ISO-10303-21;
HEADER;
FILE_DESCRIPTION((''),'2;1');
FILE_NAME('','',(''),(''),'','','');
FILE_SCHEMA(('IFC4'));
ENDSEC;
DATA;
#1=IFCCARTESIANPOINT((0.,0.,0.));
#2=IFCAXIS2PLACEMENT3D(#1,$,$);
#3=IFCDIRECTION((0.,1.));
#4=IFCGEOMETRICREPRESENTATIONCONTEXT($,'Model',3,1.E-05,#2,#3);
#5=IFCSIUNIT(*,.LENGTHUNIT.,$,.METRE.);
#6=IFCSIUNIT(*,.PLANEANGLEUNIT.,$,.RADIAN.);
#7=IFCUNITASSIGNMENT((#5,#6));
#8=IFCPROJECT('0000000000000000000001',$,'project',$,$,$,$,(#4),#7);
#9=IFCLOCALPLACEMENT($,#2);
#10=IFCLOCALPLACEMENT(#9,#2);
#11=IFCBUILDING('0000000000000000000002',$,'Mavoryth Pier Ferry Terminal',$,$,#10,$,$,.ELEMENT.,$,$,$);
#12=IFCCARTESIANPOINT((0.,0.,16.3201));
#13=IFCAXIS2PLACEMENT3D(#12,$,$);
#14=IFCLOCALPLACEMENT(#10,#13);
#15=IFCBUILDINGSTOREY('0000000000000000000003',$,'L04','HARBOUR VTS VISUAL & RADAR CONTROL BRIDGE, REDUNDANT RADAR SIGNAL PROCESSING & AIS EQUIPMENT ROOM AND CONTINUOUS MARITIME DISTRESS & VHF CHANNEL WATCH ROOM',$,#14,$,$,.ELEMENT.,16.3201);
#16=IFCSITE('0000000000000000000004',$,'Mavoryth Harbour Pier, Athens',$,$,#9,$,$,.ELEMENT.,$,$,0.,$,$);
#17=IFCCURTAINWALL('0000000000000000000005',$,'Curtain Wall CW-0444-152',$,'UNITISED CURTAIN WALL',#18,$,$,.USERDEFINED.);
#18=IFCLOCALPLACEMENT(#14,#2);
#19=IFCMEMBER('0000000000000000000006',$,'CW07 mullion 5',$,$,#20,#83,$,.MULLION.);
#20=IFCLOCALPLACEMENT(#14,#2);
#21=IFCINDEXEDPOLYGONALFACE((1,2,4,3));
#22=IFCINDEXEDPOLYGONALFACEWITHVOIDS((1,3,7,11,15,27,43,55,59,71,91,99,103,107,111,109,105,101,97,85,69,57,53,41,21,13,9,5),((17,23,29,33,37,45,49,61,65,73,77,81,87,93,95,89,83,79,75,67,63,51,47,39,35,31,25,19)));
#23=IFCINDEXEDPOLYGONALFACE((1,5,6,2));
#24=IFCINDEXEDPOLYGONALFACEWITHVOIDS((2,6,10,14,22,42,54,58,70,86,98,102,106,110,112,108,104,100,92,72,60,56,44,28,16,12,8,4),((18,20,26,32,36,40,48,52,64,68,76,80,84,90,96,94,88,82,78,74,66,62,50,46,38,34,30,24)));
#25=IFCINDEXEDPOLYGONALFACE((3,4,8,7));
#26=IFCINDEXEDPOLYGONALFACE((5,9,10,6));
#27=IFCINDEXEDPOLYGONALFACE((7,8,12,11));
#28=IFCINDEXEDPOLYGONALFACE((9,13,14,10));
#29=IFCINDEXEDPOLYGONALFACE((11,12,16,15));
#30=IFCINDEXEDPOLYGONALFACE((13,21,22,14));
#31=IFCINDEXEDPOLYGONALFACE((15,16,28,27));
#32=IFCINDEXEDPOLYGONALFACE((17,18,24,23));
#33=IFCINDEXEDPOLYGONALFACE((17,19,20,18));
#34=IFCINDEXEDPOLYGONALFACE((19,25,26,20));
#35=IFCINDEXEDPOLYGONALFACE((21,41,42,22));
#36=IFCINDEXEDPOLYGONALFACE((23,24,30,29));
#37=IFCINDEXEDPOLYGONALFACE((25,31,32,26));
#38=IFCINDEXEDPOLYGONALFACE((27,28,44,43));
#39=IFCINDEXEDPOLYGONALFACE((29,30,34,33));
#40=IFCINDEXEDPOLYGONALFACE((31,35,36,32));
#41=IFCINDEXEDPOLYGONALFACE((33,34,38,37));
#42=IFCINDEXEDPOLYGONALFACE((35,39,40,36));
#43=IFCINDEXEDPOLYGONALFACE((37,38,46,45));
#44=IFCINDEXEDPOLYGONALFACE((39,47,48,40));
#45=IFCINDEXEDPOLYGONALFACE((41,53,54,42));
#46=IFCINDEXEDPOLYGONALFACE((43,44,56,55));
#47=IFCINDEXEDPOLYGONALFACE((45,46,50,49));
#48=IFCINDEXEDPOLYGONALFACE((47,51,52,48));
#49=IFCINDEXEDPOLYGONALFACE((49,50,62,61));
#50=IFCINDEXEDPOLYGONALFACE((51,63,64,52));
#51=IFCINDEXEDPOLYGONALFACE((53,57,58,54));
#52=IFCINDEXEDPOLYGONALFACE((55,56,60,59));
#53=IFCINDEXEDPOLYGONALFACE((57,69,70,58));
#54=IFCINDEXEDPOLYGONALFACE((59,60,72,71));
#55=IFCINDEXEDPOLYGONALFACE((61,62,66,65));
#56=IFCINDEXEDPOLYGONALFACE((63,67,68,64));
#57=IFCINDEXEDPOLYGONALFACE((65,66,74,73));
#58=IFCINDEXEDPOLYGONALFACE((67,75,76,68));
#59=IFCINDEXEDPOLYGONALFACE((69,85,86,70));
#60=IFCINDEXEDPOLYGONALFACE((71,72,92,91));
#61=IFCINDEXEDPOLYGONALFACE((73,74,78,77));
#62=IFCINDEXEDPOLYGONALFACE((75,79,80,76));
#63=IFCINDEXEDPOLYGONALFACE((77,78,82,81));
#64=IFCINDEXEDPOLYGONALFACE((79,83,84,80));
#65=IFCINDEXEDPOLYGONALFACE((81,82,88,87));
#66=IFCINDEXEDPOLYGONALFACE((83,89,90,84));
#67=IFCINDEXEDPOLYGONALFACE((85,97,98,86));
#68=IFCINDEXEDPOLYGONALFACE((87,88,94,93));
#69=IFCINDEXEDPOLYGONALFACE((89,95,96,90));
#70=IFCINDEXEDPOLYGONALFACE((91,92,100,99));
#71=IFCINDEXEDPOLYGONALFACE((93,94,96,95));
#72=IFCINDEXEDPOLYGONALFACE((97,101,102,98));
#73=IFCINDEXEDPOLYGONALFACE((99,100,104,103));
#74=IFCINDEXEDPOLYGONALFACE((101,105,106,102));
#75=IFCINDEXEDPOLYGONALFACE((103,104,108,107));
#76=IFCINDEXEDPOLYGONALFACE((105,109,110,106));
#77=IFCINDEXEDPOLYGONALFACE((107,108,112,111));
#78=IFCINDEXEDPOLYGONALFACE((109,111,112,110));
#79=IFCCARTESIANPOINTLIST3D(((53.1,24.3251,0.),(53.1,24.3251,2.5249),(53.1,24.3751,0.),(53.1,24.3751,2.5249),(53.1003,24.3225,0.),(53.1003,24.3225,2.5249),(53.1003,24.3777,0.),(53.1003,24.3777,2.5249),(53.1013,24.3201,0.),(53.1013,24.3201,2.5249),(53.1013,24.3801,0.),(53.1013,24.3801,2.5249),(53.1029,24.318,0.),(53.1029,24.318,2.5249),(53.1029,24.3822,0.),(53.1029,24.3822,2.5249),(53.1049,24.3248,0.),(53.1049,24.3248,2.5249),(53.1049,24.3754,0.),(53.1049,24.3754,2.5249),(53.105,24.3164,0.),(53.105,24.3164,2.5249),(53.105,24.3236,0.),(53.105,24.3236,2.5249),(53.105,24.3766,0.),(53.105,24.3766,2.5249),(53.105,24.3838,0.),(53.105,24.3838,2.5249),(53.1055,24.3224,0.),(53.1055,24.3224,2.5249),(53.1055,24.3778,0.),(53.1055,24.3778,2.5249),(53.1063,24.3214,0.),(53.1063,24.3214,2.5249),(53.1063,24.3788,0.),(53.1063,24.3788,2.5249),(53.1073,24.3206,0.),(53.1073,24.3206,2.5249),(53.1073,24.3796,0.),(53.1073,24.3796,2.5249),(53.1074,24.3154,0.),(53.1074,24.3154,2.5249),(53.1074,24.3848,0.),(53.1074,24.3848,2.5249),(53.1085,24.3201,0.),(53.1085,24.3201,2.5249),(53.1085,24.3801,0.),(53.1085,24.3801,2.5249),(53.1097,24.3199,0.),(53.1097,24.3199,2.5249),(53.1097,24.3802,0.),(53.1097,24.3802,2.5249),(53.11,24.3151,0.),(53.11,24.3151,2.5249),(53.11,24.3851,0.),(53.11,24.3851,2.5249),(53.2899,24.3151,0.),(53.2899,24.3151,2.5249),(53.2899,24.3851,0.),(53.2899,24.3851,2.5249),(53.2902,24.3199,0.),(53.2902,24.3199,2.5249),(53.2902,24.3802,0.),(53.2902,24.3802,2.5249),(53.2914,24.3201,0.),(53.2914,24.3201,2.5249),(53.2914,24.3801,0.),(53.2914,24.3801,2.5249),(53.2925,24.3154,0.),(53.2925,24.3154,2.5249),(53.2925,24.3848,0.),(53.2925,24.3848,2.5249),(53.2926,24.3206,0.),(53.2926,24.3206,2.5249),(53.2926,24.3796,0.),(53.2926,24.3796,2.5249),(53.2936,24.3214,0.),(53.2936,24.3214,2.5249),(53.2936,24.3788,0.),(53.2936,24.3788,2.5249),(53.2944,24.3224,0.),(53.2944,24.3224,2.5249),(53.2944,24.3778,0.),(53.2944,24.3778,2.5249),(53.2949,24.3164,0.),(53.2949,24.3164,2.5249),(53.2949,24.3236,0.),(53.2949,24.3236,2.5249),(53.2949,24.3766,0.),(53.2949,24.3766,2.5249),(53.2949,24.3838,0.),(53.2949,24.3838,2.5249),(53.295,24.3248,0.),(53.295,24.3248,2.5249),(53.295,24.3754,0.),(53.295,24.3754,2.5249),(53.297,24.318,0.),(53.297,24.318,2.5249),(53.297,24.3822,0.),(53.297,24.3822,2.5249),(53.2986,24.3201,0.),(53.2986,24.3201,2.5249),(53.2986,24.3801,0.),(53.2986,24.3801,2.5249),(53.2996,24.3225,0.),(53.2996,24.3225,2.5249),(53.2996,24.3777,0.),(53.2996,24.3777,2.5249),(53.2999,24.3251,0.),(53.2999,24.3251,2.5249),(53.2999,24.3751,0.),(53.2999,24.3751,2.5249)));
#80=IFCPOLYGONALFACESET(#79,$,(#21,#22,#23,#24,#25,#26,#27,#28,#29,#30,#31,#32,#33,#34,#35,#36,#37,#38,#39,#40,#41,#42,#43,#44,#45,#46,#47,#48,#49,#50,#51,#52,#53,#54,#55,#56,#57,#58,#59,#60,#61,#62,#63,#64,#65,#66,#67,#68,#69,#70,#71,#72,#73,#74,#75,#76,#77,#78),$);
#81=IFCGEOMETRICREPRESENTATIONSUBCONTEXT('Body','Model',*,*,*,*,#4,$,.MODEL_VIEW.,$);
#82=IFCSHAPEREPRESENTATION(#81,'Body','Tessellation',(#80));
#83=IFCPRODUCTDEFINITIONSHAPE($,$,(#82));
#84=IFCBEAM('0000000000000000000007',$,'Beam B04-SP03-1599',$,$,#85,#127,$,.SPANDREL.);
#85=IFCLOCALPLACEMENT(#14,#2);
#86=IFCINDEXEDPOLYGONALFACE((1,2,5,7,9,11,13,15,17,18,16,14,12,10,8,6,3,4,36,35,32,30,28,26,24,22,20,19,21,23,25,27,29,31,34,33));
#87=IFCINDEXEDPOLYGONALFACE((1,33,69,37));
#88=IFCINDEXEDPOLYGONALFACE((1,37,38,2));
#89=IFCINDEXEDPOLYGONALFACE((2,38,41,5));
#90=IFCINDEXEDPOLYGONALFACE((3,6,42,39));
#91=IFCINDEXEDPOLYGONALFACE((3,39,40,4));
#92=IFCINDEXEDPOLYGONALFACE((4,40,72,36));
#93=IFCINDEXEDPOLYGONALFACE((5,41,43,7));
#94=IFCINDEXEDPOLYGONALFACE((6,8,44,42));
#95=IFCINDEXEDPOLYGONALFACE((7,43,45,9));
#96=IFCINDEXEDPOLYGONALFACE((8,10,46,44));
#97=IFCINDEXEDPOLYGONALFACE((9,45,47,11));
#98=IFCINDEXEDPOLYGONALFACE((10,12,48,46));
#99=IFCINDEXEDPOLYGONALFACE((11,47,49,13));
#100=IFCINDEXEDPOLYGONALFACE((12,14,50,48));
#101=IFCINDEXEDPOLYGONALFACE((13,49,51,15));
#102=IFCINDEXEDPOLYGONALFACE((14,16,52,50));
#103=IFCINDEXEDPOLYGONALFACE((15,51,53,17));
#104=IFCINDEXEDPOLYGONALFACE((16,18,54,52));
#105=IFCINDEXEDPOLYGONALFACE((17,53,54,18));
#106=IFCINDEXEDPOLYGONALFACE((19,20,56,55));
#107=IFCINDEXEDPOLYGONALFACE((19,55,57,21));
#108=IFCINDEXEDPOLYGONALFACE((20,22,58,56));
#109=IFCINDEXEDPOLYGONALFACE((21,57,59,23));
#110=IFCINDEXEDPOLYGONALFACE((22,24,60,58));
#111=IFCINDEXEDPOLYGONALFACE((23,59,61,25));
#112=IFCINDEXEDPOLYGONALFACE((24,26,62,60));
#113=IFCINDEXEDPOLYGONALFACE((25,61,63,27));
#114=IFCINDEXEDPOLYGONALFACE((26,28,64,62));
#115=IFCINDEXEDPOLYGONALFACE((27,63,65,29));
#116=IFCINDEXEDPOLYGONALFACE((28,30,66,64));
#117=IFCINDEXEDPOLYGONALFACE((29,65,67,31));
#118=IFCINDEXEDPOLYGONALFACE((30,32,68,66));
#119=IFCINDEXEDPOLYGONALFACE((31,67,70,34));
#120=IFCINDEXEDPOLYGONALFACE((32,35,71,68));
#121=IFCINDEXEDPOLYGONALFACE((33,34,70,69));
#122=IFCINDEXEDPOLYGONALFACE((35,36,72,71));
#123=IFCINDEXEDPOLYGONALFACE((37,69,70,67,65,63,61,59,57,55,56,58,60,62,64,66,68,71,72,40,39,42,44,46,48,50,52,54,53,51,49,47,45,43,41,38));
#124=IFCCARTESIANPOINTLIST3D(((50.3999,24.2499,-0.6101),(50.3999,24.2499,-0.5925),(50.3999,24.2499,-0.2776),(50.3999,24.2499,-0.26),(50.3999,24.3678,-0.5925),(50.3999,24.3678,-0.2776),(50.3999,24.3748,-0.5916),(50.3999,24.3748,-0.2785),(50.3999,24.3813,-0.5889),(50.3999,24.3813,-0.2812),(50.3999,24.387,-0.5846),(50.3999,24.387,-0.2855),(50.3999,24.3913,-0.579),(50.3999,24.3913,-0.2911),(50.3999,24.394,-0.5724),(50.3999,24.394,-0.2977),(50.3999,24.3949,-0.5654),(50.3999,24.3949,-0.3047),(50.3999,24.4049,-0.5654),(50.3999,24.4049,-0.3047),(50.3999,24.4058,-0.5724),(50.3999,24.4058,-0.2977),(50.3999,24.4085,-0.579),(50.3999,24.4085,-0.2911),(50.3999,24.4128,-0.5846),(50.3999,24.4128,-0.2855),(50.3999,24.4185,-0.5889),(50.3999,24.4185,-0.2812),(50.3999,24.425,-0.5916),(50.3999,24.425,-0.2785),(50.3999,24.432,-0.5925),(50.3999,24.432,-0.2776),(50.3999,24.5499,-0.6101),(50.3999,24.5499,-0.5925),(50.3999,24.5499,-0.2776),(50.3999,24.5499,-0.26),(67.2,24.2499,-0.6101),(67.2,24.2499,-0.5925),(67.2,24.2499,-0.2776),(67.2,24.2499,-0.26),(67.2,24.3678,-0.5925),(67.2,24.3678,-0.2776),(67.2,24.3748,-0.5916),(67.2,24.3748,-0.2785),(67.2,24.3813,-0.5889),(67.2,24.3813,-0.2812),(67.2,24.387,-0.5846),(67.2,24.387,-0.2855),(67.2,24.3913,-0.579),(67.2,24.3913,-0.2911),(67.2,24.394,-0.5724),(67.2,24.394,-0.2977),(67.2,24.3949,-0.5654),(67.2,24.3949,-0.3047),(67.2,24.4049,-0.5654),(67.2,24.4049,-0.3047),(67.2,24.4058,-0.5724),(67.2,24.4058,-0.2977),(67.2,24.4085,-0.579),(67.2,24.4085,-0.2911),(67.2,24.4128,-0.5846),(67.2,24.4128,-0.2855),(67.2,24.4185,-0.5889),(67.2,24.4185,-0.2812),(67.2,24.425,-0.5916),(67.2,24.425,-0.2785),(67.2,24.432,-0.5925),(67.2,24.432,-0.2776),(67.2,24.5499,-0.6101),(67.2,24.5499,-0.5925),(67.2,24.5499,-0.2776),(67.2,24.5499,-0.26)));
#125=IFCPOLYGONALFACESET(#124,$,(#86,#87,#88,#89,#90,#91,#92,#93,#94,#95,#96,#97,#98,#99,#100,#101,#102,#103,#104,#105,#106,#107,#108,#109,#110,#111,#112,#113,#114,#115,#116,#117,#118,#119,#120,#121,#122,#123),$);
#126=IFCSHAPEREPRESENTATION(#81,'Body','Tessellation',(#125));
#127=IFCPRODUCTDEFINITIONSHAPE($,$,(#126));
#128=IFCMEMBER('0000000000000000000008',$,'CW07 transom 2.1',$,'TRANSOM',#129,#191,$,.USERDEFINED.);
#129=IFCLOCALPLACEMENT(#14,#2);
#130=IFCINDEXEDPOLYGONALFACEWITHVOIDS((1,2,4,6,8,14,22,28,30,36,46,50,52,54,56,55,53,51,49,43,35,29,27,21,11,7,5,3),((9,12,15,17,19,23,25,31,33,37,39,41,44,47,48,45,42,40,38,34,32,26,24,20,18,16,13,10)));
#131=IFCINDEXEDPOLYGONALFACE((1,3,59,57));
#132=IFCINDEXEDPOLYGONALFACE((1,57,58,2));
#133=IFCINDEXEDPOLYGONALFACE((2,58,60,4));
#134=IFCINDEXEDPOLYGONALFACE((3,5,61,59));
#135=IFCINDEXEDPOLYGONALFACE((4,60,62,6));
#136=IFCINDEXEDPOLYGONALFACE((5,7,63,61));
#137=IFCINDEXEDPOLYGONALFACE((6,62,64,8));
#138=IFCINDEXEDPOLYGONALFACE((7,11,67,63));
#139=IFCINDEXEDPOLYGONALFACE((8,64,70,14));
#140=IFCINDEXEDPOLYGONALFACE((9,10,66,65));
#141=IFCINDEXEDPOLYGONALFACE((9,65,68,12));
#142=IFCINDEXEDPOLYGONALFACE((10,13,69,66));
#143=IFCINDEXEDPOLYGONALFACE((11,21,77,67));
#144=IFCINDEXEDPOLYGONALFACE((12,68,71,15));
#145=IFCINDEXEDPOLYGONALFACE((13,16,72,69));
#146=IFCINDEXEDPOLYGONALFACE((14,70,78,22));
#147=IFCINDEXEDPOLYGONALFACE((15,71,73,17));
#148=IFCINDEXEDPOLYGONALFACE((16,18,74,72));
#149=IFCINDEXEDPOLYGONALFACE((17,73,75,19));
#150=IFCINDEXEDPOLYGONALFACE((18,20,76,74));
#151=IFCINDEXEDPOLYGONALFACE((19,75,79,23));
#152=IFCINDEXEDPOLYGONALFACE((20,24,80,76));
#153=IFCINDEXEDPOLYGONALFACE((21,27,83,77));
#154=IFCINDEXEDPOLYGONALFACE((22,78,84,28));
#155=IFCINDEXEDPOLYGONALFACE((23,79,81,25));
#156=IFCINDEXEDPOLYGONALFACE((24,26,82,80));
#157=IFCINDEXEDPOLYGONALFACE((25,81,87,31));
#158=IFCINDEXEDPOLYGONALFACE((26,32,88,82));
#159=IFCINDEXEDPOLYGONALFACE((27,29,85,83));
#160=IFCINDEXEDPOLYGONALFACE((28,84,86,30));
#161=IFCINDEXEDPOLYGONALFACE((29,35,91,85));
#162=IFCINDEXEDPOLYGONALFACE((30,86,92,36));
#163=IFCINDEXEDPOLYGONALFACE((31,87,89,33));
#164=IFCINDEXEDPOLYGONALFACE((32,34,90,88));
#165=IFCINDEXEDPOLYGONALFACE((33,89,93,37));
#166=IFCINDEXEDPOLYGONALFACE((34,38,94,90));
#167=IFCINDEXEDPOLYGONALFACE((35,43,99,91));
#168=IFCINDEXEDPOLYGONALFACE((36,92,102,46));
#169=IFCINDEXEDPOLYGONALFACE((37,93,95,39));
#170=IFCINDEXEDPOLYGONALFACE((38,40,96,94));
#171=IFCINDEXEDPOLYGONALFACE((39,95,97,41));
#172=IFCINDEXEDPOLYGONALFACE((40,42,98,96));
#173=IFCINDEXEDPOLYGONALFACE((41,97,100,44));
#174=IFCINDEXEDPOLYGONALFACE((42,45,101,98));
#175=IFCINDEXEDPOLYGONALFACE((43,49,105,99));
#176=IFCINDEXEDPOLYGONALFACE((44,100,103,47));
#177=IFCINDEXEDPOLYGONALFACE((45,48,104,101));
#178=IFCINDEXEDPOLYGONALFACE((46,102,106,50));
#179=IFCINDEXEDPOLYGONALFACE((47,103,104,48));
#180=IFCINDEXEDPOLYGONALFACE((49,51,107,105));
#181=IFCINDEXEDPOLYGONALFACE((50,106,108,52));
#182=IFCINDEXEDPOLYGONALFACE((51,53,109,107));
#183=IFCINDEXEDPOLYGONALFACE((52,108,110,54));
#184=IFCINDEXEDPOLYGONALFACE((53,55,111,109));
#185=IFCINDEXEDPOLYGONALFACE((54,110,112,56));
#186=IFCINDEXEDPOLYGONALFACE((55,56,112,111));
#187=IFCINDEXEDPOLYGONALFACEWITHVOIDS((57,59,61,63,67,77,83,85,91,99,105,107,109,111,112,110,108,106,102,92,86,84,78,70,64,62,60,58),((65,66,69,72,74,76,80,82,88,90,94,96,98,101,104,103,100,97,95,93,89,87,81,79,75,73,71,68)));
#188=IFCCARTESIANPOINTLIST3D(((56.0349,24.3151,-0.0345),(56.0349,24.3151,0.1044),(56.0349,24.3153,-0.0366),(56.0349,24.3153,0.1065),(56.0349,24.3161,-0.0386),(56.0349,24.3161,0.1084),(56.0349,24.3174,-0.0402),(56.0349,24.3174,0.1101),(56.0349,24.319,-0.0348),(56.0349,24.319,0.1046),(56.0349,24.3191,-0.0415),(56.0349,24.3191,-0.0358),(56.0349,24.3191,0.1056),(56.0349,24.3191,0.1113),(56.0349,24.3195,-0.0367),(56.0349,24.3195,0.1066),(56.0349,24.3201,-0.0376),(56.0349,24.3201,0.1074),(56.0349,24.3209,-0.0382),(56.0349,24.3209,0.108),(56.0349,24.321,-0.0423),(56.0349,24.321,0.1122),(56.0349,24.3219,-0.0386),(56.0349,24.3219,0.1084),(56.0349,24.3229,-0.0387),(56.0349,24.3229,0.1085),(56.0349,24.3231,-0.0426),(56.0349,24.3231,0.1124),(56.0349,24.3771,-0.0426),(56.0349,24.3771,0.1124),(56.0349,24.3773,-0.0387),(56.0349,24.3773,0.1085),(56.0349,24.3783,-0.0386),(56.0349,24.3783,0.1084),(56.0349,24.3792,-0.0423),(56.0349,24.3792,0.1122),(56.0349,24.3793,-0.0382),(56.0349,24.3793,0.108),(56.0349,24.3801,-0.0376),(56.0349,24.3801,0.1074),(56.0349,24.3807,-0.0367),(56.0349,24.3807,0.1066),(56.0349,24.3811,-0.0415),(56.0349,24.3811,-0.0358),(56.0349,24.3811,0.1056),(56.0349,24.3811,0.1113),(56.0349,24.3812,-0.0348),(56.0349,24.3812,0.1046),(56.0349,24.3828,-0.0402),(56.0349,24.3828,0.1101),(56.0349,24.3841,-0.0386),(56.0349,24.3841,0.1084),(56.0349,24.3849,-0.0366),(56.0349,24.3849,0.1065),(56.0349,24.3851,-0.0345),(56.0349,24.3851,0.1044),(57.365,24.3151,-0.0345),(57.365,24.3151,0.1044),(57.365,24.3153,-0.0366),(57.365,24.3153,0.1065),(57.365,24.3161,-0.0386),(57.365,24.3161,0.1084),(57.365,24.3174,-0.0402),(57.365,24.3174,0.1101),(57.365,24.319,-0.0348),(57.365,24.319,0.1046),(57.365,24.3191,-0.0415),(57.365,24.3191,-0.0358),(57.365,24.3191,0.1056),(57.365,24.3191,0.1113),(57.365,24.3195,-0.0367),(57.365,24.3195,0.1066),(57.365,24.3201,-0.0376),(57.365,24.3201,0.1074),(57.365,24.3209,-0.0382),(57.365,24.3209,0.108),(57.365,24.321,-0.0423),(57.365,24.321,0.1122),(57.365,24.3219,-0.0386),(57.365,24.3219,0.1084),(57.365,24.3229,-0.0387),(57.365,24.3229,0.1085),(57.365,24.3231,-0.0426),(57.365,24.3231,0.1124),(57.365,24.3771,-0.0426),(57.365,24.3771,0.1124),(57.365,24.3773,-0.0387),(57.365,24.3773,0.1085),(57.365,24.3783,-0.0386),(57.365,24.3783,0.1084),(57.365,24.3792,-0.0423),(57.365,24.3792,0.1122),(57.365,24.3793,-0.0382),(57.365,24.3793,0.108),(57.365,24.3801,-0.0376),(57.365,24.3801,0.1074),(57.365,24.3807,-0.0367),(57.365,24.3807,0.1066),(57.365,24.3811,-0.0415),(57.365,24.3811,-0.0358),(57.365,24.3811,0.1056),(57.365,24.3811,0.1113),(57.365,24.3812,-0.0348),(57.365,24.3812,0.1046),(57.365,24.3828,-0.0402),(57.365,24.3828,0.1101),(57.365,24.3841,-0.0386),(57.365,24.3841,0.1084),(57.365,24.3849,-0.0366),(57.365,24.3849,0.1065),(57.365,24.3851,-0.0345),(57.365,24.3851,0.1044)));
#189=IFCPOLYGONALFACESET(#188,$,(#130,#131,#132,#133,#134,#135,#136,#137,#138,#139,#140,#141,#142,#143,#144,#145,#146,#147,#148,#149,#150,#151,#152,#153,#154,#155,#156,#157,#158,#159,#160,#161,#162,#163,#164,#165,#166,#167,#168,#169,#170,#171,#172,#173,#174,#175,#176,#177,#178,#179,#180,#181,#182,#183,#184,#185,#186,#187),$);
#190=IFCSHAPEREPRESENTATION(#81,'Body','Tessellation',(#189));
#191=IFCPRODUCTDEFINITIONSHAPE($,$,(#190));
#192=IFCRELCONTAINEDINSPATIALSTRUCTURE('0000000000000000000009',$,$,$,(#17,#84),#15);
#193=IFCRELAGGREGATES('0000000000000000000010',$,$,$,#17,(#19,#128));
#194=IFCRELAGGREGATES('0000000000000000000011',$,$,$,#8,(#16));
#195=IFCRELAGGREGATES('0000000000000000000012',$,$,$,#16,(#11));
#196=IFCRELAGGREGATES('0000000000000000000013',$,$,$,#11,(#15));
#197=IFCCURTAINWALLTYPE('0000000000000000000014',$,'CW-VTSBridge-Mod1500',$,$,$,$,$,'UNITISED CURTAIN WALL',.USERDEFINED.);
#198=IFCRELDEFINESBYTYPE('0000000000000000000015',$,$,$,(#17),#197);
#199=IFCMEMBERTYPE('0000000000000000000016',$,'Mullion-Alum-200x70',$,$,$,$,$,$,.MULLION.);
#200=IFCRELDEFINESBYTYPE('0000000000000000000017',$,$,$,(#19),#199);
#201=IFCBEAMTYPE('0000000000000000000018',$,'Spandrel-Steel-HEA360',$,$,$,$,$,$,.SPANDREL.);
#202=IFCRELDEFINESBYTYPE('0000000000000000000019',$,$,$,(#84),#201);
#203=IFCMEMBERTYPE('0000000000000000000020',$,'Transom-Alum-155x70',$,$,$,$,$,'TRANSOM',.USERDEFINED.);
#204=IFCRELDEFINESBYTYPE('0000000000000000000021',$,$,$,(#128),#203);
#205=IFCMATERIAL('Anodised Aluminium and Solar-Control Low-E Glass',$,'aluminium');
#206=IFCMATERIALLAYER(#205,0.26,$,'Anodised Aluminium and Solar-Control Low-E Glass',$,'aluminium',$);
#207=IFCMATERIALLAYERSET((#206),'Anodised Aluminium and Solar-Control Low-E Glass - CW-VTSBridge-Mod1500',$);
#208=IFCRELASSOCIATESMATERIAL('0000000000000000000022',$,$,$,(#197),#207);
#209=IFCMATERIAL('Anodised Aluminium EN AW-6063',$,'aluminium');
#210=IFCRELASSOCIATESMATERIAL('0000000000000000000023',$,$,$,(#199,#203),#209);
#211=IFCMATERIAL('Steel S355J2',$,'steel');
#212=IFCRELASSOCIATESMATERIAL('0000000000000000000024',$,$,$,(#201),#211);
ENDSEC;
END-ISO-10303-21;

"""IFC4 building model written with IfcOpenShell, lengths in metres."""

from ifc_helpers import new_model, si_unit, direction, frame, origin, origin_2d, place, context, subcontext, project, spatial, hollow_rectangle, i_section, extrude, material, layer, layer_set, material_profile, profile_set, type_object, element, aggregate, save


model = new_model("IFC4")

# Units and contexts
model_context = context("Model", 3, precision=1e-05, world=origin(), true_north=direction((0.0, 1.0)))
body_context = subcontext(model_context, "Body", "Model", "MODEL_VIEW")
ifc_project = project(units=[si_unit("LENGTHUNIT", "METRE"), si_unit("PLANEANGLEUNIT", "RADIAN")], contexts=[model_context])

# Site, building, storey
site_placement = place(None, origin())
site = spatial("IfcSite", under=ifc_project, at=site_placement, Name="Mavoryth Harbour Pier, Athens", CompositionType="ELEMENT", RefElevation=0.0)
building_placement = place(site_placement, origin())
building = spatial("IfcBuilding", under=site, at=building_placement, Name="Mavoryth Pier Ferry Terminal", CompositionType="ELEMENT")
storey_placement = place(building_placement, frame((0.0, 0.0, 16.3201)))
storey = spatial("IfcBuildingStorey", under=building, at=storey_placement, Name="L04", Description="HARBOUR VTS VISUAL & RADAR CONTROL BRIDGE, REDUNDANT RADAR SIGNAL PROCESSING & AIS EQUIPMENT ROOM AND CONTINUOUS MARITIME DISTRESS & VHF CHANNEL WATCH ROOM", CompositionType="ELEMENT", Elevation=16.3201)

# Curtain wall, member
ifc_material_1 = material(Name="Anodised Aluminium and Solar-Control Low-E Glass", Category="aluminium")
ifc_layer_1 = layer(ifc_material_1, 0.26, Name="Anodised Aluminium and Solar-Control Low-E Glass", Category="aluminium")
ifc_layer_set_1 = layer_set([ifc_layer_1], Name="Anodised Aluminium and Solar-Control Low-E Glass - CW-VTSBridge-Mod1500")
curtain_wall_type = type_object("IfcCurtainWallType", Name="CW-VTSBridge-Mod1500", ElementType="UNITISED CURTAIN WALL", PredefinedType="USERDEFINED", material=ifc_layer_set_1)
curtain_wall_placement = place(storey_placement, origin())
curtain_wall = element("IfcCurtainWall", 1, at=curtain_wall_placement, inside=storey, type_object=curtain_wall_type, Name="Curtain Wall CW-0444-152", ObjectType="UNITISED CURTAIN WALL", PredefinedType="USERDEFINED")
ifc_material_2 = material(Name="Anodised Aluminium EN AW-6063", Category="aluminium")
ifc_material_profile_1 = material_profile(ifc_material_2, hollow_rectangle(XDim=0.0701, YDim=0.2, WallThickness=0.0049, InnerFilletRadius=0.0049, OuterFilletRadius=0.01, at=origin_2d()), Name="AL-MULL 200x70x5", Category="aluminium")
ifc_profile_set_1 = profile_set([ifc_material_profile_1], Name="Anodised Aluminium EN AW-6063 - AL-MULL 200x70x5")
member_type_1 = type_object("IfcMemberType", Name="Mullion-Alum-200x70", PredefinedType="MULLION", material=ifc_profile_set_1)
member_1_placement = place(storey_placement, frame((53.2, 24.3501, 0.0), z_axis=(0.0, 0.0, 1.0), x_axis=(0.0, -1.0, 0.0)))
member_1 = element("IfcMember", 2, at=member_1_placement, type_object=member_type_1, Name="CW07 mullion 5", PredefinedType="MULLION", context=body_context, shape_type="SweptSolid", body=[
    extrude(hollow_rectangle(XDim=0.0701, YDim=0.2, WallThickness=0.0049, InnerFilletRadius=0.0049, OuterFilletRadius=0.01, at=origin_2d()), origin(), (0.0, 0.0, 1.0), 2.5249),
])

# Beam
ifc_material_3 = material(Name="Steel S355J2", Category="steel")
ifc_material_profile_2 = material_profile(ifc_material_3, i_section(OverallWidth=0.3, OverallDepth=0.3501, WebThickness=0.01, FlangeThickness=0.0176, FilletRadius=0.0271, at=origin_2d()), Name="HEA 360", Category="steel")
ifc_profile_set_2 = profile_set([ifc_material_profile_2], Name="Steel S355J2 - HEA 360")
beam_type = type_object("IfcBeamType", Name="Spandrel-Steel-HEA360", PredefinedType="SPANDREL", material=ifc_profile_set_2)
beam_placement = place(storey_placement, frame((50.3999, 24.3999, -0.4351), z_axis=(1.0, 0.0, 0.0), x_axis=(0.0, 1.0, 0.0)))
element("IfcBeam", 3, at=beam_placement, inside=storey, type_object=beam_type, Name="Beam B04-SP03-1599", PredefinedType="SPANDREL", context=body_context, shape_type="SweptSolid", body=[
    extrude(i_section(OverallWidth=0.3, OverallDepth=0.3501, WebThickness=0.01, FlangeThickness=0.0176, FilletRadius=0.0271, at=origin_2d()), origin(), (0.0, 0.0, 1.0), 16.8),
])

# Member
ifc_material_profile_3 = material_profile(ifc_material_2, hollow_rectangle(XDim=0.0701, YDim=0.155, WallThickness=0.0039, InnerFilletRadius=0.0039, OuterFilletRadius=0.0081, at=origin_2d()), Name="AL-TRAN 155x70x4", Category="aluminium")
ifc_profile_set_3 = profile_set([ifc_material_profile_3], Name="Anodised Aluminium EN AW-6063 - AL-TRAN 155x70x4")
member_type_2 = type_object("IfcMemberType", Name="Transom-Alum-155x70", ElementType="TRANSOM", PredefinedType="USERDEFINED", material=ifc_profile_set_3)
member_2_placement = place(storey_placement, frame((57.365, 24.3501, 0.0349), z_axis=(-1.0, 0.0, 0.0), x_axis=(0.0, -1.0, 0.0)))
member_2 = element("IfcMember", 4, at=member_2_placement, type_object=member_type_2, Name="CW07 transom 2.1", ObjectType="TRANSOM", PredefinedType="USERDEFINED", context=body_context, shape_type="SweptSolid", body=[
    extrude(hollow_rectangle(XDim=0.0701, YDim=0.155, WallThickness=0.0039, InnerFilletRadius=0.0039, OuterFilletRadius=0.0081, at=origin_2d()), origin(), (0.0, 0.0, 1.0), 1.3301),
])

aggregate(curtain_wall, [member_1, member_2])

save(model, "model.ifc")
